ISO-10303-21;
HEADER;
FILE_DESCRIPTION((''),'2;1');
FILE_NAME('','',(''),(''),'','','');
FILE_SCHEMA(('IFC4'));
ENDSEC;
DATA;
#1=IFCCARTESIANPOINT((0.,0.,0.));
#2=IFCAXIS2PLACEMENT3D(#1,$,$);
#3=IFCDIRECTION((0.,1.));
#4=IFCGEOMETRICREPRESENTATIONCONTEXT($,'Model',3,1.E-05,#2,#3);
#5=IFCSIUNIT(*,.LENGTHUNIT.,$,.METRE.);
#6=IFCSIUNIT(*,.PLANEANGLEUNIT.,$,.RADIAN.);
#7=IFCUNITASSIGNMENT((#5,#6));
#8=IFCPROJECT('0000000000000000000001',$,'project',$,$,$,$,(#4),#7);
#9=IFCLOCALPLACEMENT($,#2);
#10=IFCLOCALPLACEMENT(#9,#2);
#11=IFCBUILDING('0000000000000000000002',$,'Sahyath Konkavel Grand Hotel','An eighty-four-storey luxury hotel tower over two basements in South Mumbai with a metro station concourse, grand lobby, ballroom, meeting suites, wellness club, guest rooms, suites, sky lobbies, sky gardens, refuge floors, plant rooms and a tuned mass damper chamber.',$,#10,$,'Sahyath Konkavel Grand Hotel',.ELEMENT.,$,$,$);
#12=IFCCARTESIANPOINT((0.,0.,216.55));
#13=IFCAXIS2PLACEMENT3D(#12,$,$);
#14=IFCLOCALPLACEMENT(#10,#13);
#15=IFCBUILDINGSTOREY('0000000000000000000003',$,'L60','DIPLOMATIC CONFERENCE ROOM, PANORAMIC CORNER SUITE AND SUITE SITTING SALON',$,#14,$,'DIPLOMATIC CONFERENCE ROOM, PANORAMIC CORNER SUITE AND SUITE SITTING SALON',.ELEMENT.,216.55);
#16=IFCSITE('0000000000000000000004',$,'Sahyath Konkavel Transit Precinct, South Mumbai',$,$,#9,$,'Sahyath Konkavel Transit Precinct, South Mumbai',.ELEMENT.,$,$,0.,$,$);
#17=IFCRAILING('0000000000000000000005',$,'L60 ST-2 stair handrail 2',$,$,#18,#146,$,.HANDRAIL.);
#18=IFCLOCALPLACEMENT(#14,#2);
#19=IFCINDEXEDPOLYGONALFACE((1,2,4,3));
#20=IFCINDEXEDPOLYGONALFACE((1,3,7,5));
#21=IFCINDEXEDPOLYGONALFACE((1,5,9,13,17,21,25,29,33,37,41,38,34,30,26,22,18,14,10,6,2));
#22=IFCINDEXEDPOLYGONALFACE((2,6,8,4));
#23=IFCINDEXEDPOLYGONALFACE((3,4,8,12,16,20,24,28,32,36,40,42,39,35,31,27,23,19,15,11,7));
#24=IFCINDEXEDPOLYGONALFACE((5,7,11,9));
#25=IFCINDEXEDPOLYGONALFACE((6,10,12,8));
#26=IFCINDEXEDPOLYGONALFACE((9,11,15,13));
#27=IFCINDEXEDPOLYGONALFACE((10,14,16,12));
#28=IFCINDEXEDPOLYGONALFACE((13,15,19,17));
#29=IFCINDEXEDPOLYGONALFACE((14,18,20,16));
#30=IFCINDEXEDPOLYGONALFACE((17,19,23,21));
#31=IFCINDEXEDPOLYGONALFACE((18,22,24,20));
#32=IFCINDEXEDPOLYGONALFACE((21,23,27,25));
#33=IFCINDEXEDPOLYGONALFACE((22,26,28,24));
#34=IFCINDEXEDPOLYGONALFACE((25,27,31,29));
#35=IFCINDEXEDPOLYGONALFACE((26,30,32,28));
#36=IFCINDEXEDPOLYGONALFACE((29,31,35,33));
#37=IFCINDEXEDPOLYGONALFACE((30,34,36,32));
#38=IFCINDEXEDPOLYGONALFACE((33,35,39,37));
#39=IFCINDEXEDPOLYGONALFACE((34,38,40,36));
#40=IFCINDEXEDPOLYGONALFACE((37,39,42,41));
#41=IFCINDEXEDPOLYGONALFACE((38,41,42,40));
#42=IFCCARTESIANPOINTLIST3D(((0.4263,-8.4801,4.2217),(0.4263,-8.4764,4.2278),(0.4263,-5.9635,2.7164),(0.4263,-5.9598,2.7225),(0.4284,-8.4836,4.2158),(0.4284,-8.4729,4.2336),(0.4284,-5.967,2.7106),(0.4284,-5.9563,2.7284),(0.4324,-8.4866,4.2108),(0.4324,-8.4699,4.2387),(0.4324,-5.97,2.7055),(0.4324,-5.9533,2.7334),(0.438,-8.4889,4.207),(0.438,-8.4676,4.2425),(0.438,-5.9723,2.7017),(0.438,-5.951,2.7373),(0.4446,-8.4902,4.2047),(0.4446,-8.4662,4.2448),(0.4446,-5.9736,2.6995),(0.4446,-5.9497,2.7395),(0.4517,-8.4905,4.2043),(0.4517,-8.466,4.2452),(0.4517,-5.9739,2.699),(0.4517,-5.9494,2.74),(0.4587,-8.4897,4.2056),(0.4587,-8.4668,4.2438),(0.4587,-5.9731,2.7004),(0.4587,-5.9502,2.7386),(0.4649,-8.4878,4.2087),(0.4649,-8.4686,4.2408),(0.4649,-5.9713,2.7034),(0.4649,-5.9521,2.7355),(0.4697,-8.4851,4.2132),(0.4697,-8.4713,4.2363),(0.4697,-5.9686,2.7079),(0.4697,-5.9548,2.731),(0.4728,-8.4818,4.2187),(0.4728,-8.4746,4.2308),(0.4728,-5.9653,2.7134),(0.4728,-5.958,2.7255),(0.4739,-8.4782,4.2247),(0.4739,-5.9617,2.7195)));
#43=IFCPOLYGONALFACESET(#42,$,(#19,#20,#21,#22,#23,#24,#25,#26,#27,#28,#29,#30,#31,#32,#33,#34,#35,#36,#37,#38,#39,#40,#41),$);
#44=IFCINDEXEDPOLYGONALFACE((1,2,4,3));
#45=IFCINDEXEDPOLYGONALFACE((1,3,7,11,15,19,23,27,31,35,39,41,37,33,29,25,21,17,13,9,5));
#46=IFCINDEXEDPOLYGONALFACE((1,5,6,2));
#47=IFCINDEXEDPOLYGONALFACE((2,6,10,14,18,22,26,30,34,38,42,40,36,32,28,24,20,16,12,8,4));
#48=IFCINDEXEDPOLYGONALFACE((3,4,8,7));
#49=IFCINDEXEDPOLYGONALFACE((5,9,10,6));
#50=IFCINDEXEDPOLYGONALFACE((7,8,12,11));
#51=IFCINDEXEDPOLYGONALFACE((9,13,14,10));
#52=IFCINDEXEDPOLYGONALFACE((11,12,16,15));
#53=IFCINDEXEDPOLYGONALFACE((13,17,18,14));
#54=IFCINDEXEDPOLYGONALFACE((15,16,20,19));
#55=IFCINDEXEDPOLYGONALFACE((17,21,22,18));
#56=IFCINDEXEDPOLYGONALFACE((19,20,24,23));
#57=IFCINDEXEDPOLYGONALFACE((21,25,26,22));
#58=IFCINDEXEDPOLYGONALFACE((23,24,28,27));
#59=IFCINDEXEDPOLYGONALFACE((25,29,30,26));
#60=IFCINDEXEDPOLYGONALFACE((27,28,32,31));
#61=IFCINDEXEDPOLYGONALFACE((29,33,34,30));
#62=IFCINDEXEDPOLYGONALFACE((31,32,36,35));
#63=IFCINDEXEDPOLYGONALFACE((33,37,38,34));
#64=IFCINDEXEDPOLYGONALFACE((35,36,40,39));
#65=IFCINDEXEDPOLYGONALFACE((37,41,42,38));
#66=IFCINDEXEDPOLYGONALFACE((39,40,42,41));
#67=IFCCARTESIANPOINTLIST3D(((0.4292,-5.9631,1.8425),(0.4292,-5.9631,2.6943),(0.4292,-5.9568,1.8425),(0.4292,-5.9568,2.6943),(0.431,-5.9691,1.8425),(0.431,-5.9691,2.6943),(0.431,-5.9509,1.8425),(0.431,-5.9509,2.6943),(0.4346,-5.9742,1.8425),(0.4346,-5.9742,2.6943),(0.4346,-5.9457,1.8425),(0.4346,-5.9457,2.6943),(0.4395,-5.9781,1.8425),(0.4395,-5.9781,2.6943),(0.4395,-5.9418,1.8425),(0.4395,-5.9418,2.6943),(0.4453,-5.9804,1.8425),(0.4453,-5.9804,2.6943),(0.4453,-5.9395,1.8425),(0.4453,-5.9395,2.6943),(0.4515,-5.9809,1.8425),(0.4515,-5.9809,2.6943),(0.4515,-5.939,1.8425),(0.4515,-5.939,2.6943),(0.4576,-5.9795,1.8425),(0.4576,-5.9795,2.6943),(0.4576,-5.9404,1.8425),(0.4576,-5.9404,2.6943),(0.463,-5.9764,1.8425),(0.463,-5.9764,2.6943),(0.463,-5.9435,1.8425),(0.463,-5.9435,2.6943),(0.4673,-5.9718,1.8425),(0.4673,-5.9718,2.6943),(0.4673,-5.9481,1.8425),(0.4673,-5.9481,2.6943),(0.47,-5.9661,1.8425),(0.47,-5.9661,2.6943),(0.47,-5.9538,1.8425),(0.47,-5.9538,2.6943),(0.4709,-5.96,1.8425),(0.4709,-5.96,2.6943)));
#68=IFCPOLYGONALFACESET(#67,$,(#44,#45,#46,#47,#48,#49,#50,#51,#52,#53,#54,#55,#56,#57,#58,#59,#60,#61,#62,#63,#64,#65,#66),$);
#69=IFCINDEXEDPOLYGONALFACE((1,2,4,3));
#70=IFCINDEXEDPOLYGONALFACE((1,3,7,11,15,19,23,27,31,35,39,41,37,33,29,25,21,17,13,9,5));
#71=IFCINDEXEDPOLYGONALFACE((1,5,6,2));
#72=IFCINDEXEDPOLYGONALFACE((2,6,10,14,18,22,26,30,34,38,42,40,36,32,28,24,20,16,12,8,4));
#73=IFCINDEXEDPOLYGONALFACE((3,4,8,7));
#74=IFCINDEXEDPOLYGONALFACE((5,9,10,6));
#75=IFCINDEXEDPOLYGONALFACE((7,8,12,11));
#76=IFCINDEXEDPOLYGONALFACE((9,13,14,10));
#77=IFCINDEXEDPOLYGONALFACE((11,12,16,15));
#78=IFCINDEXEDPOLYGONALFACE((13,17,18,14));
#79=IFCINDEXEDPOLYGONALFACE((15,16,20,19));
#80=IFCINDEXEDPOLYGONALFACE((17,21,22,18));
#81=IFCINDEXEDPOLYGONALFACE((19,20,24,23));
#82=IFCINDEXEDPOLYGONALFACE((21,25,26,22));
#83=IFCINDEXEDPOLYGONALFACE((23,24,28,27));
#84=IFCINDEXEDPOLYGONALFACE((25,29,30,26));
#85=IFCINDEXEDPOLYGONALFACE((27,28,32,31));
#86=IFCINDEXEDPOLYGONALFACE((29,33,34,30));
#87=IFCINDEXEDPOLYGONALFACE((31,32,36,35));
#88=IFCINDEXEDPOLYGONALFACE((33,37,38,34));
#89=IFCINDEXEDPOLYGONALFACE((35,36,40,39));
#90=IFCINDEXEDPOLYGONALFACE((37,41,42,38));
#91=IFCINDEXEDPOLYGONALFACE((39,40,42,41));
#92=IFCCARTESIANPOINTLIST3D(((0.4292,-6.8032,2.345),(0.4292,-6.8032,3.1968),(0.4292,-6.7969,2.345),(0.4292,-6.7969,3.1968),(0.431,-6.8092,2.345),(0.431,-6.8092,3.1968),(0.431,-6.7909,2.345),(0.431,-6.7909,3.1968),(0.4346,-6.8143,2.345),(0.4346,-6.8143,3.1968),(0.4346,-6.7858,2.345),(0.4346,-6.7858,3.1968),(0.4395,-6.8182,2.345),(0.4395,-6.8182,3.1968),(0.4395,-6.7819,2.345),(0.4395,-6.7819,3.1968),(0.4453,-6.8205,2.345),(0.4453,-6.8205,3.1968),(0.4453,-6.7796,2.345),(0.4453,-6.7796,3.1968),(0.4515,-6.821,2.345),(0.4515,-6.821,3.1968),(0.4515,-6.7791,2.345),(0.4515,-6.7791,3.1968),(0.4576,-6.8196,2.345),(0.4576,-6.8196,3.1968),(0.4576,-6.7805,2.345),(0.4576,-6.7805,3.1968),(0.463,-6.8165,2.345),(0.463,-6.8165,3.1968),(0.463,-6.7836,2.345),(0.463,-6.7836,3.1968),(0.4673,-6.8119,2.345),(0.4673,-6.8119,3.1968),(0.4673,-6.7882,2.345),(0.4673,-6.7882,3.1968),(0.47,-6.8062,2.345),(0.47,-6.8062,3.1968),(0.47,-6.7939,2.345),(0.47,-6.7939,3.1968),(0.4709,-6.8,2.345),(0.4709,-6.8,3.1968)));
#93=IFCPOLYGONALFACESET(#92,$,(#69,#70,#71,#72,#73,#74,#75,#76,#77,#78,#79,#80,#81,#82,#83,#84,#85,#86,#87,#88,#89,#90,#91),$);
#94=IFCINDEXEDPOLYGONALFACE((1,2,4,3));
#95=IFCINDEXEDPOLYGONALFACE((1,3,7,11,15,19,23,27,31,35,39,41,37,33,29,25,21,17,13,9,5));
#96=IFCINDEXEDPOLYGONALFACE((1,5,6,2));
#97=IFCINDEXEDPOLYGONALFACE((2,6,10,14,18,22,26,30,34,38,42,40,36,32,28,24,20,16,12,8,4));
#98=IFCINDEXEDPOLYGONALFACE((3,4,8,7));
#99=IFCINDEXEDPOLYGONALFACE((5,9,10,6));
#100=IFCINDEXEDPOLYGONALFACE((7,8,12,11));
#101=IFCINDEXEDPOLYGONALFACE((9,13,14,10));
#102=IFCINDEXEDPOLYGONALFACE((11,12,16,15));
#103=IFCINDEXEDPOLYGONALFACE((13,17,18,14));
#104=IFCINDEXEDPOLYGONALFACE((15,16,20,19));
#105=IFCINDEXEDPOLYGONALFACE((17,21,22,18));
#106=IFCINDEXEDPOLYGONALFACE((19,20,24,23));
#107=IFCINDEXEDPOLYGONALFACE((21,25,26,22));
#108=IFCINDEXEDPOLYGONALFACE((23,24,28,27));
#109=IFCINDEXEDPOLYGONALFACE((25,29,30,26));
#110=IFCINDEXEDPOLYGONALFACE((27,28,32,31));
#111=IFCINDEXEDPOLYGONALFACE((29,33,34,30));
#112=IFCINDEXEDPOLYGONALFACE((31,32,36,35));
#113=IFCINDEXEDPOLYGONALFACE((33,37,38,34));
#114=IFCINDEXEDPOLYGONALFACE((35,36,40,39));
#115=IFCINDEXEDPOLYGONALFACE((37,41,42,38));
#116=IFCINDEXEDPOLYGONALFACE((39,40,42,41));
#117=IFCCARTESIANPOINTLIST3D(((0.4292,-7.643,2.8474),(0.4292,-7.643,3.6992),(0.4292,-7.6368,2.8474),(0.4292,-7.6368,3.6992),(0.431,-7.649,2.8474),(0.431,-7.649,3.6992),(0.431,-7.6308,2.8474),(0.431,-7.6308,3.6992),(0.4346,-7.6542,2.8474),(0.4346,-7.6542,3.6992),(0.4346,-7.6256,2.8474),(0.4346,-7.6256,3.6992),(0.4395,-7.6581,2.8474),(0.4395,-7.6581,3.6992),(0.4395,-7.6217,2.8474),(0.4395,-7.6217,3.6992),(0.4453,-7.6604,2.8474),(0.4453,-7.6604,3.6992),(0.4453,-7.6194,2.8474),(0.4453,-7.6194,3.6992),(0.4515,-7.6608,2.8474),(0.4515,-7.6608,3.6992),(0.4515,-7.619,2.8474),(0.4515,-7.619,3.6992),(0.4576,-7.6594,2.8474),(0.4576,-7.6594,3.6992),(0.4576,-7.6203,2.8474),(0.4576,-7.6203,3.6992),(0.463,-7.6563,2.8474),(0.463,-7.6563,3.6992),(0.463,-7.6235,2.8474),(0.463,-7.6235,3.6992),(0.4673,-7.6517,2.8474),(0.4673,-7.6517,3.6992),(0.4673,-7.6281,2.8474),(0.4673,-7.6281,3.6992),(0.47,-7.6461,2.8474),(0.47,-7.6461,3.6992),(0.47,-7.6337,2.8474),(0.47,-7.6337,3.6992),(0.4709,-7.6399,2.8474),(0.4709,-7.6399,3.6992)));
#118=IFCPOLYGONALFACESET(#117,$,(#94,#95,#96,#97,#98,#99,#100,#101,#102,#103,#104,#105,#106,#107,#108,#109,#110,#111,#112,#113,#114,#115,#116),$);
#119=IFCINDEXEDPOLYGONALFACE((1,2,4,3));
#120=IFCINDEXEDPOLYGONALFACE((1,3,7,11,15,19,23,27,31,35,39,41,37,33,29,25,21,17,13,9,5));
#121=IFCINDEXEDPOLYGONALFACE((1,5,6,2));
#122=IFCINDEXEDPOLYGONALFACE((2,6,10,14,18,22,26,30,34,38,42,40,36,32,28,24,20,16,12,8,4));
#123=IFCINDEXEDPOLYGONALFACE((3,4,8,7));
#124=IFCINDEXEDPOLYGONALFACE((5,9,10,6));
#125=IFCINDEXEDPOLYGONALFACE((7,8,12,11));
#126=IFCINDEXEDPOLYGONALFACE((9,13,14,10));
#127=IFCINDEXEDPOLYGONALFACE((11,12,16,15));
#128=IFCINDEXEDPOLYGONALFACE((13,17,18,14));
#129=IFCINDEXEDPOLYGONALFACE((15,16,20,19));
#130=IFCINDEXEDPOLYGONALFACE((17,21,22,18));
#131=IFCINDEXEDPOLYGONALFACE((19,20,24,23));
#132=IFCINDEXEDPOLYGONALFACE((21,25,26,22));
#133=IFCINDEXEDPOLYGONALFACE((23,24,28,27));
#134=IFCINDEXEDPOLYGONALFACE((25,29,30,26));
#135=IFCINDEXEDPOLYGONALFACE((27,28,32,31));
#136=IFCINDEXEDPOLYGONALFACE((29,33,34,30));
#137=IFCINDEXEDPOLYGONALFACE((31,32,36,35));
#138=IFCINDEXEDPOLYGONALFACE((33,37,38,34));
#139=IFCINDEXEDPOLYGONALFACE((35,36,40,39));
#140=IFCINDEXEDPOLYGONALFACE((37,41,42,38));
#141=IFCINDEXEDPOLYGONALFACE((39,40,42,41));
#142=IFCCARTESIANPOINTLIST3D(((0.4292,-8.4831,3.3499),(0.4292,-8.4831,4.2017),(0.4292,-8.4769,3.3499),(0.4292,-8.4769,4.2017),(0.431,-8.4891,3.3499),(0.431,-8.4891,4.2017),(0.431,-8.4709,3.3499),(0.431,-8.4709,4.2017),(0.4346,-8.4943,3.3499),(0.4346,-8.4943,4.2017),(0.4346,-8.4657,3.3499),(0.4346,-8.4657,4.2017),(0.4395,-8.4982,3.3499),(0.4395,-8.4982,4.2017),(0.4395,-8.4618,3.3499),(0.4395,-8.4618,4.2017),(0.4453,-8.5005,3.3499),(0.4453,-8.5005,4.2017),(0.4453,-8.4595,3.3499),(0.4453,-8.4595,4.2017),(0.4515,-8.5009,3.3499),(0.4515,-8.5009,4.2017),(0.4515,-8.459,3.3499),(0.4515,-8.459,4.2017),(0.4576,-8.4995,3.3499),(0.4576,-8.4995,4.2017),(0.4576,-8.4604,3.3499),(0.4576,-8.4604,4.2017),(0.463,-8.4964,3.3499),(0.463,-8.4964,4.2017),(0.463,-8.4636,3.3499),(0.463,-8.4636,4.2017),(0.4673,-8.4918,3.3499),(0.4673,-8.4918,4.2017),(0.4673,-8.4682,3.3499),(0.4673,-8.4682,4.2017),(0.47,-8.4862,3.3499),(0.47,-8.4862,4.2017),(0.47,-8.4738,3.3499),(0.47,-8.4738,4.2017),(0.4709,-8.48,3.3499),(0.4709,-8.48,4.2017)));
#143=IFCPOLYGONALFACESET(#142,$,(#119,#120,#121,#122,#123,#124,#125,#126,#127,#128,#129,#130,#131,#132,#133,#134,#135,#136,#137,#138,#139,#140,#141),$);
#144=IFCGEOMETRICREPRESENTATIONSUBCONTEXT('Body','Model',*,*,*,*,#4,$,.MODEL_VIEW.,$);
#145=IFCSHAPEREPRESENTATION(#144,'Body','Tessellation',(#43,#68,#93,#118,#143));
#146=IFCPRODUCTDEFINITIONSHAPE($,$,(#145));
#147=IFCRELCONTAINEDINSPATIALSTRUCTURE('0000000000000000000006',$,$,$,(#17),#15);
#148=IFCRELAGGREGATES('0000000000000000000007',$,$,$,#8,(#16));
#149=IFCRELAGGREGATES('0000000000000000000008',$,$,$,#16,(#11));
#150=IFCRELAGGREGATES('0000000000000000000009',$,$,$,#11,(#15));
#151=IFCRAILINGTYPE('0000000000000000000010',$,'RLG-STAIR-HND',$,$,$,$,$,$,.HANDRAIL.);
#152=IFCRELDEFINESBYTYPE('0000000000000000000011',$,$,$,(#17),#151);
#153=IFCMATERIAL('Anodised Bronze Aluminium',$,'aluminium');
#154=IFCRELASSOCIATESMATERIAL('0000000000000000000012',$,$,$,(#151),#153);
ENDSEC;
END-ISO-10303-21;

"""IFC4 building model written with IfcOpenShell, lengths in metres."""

from ifc_helpers import new_model, si_unit, direction, frame, origin, origin_2d, place, context, subcontext, project, spatial, circle, extrude, material, type_object, element, save


model = new_model("IFC4")

# Units and contexts
model_context = context("Model", 3, precision=1e-05, world=origin(), true_north=direction((0.0, 1.0)))
body_context = subcontext(model_context, "Body", "Model", "MODEL_VIEW")
ifc_project = project(units=[si_unit("LENGTHUNIT", "METRE"), si_unit("PLANEANGLEUNIT", "RADIAN")], contexts=[model_context])

# Site, building, storey
site_placement = place(None, origin())
site = spatial("IfcSite", under=ifc_project, at=site_placement, Name="Sahyath Konkavel Transit Precinct, South Mumbai", LongName="Sahyath Konkavel Transit Precinct, South Mumbai", CompositionType="ELEMENT", RefElevation=0.0)
building_placement = place(site_placement, origin())
building = spatial("IfcBuilding", under=site, at=building_placement, Name="Sahyath Konkavel Grand Hotel", Description="An eighty-four-storey luxury hotel tower over two basements in South Mumbai with a metro station concourse, grand lobby, ballroom, meeting suites, wellness club, guest rooms, suites, sky lobbies, sky gardens, refuge floors, plant rooms and a tuned mass damper chamber.", LongName="Sahyath Konkavel Grand Hotel", CompositionType="ELEMENT")
storey_placement = place(building_placement, frame((0.0, 0.0, 216.55)))
storey = spatial("IfcBuildingStorey", under=building, at=storey_placement, Name="L60", Description="DIPLOMATIC CONFERENCE ROOM, PANORAMIC CORNER SUITE AND SUITE SITTING SALON", LongName="DIPLOMATIC CONFERENCE ROOM, PANORAMIC CORNER SUITE AND SUITE SITTING SALON", CompositionType="ELEMENT", Elevation=216.55)

# Shared definitions
ifc_material_1 = material(Name="Anodised Bronze Aluminium", Category="aluminium")

# Railing
railing_type_1 = type_object("IfcRailingType", Name="RLG-STAIR-HND", PredefinedType="HANDRAIL", material=ifc_material_1)
railing_1_placement = place(storey_placement, frame((0.45, -5.96, 1.8425)))
element("IfcRailing", 1, at=railing_1_placement, inside=storey, type_object=railing_type_1, Name="L60 ST-2 stair handrail 2", PredefinedType="HANDRAIL", context=body_context, shape_type="SweptSolid", body=[
    extrude(circle(Radius=0.0239, at=origin_2d()), frame((0.0, -0.0017, 0.877), z_axis=(0.0, -0.858196, 0.513321), x_axis=(1.0, 0.0, 0.0)), (0.0, 0.0, 1.0), 2.9324),
    extrude(circle(Radius=0.021, at=origin_2d()), origin(), (0.0, 0.0, 1.0), 0.8518),
    extrude(circle(Radius=0.021, at=origin_2d()), frame((0.0, -0.8401, 0.5024)), (0.0, 0.0, 1.0), 0.8518),
    extrude(circle(Radius=0.021, at=origin_2d()), frame((0.0, -1.6799, 1.0049)), (0.0, 0.0, 1.0), 0.8518),
    extrude(circle(Radius=0.021, at=origin_2d()), frame((0.0, -2.52, 1.5073)), (0.0, 0.0, 1.0), 0.8518),
])

save(model, "model.ifc")
